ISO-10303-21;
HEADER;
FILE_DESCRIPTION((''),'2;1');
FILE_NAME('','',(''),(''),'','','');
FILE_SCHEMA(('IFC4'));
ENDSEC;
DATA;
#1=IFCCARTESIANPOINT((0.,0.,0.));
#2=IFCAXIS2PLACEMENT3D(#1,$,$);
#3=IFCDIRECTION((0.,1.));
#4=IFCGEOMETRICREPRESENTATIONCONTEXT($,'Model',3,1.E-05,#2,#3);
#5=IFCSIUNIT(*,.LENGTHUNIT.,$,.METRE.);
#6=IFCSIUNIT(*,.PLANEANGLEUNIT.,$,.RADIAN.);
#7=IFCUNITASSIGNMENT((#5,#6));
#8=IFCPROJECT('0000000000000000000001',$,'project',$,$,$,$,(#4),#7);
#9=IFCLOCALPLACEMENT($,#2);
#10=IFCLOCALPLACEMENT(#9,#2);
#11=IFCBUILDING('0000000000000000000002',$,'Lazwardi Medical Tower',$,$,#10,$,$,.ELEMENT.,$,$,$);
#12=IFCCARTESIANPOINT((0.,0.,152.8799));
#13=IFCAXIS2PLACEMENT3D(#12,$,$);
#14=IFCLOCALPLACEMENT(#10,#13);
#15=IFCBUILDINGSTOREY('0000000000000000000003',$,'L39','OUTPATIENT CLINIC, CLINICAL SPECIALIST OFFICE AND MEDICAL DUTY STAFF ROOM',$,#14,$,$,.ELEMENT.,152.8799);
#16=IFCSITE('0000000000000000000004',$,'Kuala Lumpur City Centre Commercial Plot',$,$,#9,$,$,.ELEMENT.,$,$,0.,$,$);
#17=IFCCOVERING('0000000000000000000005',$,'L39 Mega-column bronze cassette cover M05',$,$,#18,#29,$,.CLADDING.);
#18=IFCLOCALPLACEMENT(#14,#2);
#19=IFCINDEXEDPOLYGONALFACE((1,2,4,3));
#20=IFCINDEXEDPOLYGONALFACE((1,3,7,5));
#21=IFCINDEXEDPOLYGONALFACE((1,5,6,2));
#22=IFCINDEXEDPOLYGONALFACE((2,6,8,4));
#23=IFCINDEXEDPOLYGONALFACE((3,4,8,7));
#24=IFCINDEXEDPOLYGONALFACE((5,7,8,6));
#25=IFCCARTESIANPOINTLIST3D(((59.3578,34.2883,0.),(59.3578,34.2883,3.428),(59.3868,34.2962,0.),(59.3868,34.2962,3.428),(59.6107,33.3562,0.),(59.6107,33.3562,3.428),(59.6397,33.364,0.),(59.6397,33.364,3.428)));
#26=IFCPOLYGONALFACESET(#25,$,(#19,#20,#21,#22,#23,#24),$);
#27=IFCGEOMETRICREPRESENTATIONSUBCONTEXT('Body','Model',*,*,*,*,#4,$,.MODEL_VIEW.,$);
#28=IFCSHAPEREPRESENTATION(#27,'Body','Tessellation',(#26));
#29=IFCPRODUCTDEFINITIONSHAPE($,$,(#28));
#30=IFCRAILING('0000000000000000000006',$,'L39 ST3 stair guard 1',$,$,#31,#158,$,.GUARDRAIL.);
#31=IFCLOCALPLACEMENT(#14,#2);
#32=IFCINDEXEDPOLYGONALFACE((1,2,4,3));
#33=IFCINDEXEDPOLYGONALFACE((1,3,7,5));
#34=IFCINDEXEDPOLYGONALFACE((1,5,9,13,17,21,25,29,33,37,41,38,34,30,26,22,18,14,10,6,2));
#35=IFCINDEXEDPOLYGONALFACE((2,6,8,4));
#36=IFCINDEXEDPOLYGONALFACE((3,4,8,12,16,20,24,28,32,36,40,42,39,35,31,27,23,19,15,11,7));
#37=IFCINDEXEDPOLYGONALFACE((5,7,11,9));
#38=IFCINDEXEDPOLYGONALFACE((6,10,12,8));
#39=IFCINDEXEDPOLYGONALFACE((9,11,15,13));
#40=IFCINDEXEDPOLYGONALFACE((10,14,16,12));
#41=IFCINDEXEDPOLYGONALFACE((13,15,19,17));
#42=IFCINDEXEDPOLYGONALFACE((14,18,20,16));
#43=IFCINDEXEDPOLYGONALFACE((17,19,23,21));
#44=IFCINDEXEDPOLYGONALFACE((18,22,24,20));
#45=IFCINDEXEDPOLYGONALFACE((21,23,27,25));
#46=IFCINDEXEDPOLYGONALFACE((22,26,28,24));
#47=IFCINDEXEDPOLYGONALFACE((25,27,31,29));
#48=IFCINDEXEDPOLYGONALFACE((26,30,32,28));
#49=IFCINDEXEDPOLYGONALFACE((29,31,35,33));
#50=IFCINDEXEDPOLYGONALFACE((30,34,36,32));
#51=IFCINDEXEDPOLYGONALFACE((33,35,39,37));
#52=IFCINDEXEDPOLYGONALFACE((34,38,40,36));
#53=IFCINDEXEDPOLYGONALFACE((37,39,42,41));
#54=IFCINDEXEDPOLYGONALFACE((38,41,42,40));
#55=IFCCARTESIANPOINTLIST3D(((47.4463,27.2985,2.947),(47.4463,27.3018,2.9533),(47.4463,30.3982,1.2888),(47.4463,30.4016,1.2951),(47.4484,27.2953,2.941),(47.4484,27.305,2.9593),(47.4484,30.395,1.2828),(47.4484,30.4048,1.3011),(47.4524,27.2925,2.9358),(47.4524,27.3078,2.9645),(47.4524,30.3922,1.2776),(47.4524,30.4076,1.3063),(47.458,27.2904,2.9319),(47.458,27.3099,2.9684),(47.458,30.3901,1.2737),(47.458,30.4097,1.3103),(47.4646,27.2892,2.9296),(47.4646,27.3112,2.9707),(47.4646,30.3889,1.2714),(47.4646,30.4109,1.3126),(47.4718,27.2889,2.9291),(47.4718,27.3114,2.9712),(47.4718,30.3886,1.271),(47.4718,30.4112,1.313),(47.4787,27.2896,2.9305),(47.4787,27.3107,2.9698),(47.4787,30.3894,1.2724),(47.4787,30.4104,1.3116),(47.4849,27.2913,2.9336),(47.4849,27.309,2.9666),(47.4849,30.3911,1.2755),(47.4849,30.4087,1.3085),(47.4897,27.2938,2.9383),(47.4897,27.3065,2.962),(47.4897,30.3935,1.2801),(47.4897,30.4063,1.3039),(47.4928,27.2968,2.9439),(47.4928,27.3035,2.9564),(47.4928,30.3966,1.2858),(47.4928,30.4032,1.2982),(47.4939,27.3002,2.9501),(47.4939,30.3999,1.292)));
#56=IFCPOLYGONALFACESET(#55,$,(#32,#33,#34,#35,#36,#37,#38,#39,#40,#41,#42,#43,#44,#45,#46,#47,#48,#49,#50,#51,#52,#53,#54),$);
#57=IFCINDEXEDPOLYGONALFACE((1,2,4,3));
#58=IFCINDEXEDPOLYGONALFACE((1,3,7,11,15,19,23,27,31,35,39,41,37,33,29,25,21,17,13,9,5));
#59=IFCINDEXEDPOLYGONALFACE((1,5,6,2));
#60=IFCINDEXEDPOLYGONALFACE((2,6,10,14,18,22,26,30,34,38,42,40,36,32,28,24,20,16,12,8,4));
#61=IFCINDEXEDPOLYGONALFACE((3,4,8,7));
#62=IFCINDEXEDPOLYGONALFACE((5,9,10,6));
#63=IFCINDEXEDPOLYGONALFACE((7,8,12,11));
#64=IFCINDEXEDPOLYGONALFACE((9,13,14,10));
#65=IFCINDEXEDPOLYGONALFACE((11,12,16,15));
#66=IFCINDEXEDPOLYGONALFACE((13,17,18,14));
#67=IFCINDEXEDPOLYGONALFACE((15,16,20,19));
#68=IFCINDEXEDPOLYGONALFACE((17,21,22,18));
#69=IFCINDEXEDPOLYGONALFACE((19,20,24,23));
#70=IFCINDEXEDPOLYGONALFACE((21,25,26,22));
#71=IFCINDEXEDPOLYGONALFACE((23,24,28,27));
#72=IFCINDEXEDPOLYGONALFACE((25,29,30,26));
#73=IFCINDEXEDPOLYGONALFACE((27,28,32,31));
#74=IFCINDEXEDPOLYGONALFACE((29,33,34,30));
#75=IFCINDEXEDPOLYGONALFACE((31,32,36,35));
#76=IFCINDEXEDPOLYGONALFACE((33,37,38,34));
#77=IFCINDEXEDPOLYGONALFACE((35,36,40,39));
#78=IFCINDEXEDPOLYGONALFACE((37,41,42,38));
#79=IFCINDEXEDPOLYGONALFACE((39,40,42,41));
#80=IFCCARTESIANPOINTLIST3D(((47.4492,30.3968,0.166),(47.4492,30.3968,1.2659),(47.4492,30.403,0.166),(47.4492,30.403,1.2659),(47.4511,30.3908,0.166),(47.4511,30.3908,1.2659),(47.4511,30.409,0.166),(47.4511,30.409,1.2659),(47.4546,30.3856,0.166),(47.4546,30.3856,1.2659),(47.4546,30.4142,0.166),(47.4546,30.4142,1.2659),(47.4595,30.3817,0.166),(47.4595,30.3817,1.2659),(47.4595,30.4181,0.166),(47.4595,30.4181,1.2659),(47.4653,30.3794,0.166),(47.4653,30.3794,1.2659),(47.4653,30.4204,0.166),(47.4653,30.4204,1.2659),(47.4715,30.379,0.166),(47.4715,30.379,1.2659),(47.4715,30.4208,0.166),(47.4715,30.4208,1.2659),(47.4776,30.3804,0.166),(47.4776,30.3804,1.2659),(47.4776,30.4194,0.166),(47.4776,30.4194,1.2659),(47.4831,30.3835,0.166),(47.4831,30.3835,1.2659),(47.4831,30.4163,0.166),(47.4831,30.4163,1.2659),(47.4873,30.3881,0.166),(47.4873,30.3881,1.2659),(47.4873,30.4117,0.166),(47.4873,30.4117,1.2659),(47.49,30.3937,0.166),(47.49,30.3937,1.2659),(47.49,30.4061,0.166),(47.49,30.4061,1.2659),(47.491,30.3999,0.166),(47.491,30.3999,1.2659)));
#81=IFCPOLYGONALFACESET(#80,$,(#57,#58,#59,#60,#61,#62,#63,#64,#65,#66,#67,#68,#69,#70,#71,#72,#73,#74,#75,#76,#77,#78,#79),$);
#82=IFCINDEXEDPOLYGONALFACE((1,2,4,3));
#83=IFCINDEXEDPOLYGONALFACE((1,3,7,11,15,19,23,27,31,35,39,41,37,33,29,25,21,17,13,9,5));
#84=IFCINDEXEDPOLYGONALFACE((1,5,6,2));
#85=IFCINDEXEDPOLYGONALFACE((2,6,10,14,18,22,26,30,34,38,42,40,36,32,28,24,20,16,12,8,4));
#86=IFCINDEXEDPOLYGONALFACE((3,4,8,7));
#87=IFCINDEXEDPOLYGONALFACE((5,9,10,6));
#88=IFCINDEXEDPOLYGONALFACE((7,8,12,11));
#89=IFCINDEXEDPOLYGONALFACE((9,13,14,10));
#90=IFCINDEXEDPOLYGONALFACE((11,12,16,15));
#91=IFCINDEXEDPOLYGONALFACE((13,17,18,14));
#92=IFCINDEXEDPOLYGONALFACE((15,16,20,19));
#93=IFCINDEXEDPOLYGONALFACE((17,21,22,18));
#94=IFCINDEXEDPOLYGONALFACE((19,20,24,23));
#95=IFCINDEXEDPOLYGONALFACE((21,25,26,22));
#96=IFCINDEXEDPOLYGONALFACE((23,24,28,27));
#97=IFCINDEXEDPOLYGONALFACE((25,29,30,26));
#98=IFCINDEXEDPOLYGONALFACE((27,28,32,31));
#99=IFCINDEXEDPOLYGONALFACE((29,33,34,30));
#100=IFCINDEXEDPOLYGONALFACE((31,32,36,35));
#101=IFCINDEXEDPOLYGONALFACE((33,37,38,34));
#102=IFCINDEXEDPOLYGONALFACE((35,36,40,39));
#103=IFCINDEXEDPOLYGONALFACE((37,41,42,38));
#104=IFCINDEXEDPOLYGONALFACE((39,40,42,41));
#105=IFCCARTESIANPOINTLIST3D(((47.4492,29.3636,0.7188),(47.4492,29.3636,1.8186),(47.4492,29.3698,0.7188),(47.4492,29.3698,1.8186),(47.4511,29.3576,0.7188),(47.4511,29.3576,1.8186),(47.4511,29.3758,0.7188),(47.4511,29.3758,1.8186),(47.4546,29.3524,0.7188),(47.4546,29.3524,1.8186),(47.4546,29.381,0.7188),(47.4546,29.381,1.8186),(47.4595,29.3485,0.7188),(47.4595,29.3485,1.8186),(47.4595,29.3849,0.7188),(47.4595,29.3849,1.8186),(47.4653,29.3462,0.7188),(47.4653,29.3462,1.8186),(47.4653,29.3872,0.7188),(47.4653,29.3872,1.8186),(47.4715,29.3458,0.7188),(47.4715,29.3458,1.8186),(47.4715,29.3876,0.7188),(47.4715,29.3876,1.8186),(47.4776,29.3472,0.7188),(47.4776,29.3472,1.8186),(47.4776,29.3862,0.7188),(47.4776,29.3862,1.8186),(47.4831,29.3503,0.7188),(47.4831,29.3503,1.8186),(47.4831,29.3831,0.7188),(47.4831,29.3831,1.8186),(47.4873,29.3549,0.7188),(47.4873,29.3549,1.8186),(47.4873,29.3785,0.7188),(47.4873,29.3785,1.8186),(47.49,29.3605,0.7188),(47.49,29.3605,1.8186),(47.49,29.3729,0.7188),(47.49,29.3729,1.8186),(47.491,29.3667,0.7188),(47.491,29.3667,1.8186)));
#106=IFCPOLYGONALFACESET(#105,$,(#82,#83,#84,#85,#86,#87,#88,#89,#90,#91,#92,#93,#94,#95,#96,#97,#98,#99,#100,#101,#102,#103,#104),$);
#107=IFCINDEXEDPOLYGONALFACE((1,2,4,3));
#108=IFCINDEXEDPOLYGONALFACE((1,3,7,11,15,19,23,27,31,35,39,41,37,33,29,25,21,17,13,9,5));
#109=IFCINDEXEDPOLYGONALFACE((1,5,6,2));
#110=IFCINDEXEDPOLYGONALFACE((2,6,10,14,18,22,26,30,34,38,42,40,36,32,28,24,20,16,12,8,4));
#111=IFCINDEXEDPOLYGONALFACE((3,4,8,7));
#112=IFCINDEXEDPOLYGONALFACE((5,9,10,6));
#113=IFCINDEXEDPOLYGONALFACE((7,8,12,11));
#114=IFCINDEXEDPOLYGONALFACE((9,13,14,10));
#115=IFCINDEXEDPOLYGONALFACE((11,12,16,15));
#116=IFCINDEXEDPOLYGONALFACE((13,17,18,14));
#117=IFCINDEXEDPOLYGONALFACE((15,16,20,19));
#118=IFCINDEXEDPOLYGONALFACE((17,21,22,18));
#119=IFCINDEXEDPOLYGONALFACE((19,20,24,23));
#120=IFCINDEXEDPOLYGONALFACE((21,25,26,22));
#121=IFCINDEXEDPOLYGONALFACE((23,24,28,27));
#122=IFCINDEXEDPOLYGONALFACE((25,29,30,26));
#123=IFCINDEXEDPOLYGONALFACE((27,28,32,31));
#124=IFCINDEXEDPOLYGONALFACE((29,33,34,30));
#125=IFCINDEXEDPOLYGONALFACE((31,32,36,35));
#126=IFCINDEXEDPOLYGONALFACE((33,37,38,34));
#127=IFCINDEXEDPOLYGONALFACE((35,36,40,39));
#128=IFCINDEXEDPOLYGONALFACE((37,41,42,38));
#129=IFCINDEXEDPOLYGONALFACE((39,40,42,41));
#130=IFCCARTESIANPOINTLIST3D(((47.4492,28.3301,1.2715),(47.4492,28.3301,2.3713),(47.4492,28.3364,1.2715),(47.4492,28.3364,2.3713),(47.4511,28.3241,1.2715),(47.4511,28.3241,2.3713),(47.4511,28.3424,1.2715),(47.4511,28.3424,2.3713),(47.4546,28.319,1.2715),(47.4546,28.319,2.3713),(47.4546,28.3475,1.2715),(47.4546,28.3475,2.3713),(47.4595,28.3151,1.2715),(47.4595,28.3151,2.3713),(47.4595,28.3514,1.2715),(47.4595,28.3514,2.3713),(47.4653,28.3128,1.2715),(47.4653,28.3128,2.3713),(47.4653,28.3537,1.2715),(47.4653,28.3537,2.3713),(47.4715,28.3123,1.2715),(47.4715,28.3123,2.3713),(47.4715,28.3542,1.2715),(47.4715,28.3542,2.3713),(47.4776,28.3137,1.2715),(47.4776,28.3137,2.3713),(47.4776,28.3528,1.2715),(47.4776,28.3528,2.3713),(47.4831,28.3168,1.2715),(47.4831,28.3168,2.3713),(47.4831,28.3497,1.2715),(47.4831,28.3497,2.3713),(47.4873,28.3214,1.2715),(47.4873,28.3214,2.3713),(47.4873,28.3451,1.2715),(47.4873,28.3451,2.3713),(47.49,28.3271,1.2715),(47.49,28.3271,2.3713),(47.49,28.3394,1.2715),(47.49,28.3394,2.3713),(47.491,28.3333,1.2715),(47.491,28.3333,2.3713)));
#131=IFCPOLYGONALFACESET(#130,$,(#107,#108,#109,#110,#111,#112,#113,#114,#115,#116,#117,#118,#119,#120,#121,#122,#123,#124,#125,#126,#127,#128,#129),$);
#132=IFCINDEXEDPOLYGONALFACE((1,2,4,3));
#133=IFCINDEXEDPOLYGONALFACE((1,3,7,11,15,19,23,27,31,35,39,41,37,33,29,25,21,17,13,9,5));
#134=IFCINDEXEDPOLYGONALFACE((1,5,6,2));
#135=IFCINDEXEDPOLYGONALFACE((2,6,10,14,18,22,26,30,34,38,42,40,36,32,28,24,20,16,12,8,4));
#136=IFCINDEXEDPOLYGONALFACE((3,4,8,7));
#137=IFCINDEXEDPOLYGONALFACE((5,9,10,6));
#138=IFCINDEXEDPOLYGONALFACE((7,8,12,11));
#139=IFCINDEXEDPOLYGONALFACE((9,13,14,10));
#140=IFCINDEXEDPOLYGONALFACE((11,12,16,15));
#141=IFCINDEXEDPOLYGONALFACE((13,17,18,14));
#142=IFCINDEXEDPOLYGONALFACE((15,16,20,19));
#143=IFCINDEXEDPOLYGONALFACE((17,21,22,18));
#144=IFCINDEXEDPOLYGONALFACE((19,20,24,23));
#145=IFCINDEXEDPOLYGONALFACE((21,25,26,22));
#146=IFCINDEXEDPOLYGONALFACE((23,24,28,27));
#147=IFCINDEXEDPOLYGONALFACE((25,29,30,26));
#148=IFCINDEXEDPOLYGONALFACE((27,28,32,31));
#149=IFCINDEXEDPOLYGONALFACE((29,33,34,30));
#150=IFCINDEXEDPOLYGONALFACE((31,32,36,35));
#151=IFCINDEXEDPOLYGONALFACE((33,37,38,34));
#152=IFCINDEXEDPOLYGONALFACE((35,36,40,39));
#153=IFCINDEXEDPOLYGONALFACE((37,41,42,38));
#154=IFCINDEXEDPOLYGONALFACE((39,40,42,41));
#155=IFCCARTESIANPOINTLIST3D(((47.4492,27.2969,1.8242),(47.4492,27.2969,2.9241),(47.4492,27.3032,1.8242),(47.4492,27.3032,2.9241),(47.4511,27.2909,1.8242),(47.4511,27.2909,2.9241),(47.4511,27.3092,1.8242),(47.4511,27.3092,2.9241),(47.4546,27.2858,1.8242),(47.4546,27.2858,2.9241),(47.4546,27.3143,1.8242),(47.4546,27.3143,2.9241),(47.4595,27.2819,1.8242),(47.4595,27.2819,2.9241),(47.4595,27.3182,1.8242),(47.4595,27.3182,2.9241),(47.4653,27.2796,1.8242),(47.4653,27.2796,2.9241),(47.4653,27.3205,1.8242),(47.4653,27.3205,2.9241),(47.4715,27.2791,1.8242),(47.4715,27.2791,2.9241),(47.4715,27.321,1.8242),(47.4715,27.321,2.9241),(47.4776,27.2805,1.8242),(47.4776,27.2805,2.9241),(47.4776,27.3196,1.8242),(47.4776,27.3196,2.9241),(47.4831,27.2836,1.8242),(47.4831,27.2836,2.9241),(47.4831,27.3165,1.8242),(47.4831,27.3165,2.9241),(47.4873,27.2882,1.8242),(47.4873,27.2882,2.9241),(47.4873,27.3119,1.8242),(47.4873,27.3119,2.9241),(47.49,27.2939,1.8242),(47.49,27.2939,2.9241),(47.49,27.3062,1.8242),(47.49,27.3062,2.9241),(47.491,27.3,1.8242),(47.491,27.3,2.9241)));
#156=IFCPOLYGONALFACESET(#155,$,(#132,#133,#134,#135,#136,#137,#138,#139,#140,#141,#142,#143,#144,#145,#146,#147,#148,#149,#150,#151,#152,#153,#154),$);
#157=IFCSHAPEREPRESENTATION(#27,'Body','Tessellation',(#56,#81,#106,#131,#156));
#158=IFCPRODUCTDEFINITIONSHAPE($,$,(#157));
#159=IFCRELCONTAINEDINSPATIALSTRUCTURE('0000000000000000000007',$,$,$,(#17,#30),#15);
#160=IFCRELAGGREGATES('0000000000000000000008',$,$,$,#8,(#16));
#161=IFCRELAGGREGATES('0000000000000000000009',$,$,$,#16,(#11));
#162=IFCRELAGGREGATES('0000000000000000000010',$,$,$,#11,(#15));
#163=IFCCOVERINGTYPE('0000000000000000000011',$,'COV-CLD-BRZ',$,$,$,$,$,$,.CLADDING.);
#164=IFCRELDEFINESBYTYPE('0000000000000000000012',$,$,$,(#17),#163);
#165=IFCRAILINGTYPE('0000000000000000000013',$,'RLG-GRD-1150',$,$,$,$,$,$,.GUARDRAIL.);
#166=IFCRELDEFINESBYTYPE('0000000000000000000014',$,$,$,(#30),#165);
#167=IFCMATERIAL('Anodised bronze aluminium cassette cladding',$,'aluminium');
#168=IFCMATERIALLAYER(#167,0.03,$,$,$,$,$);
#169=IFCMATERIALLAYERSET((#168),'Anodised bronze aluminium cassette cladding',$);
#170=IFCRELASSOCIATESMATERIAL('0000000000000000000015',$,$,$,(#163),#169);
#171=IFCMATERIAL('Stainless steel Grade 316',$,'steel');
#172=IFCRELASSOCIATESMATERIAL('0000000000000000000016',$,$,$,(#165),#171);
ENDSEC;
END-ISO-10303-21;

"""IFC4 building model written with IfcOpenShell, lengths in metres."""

from ifc_helpers import new_model, si_unit, direction, frame, origin, origin_2d, place, context, subcontext, project, spatial, rectangle, circle, extrude, material, layer, layer_set, type_object, element, save


model = new_model("IFC4")

# Units and contexts
model_context = context("Model", 3, precision=1e-05, world=origin(), true_north=direction((0.0, 1.0)))
body_context = subcontext(model_context, "Body", "Model", "MODEL_VIEW")
ifc_project = project(units=[si_unit("LENGTHUNIT", "METRE"), si_unit("PLANEANGLEUNIT", "RADIAN")], contexts=[model_context])

# Site, building, storey
site_placement = place(None, origin())
site = spatial("IfcSite", under=ifc_project, at=site_placement, Name="Kuala Lumpur City Centre Commercial Plot", CompositionType="ELEMENT", RefElevation=0.0)
building_placement = place(site_placement, origin())
building = spatial("IfcBuilding", under=site, at=building_placement, Name="Lazwardi Medical Tower", CompositionType="ELEMENT")
storey_placement = place(building_placement, frame((0.0, 0.0, 152.8799)))
storey = spatial("IfcBuildingStorey", under=building, at=storey_placement, Name="L39", Description="OUTPATIENT CLINIC, CLINICAL SPECIALIST OFFICE AND MEDICAL DUTY STAFF ROOM", CompositionType="ELEMENT", Elevation=152.8799)

# Covering
ifc_material_1 = material(Name="Anodised bronze aluminium cassette cladding", Category="aluminium")
ifc_layer_1 = layer(ifc_material_1, 0.03)
ifc_layer_set_1 = layer_set([ifc_layer_1], Name="Anodised bronze aluminium cassette cladding")
covering_type = type_object("IfcCoveringType", Name="COV-CLD-BRZ", PredefinedType="CLADDING", material=ifc_layer_set_1)
covering_placement = place(storey_placement, frame((59.4988, 33.8262, 0.0), z_axis=(0.0, 0.0, 1.0), x_axis=(-0.261829, 0.965114, 0.0)))
element("IfcCovering", 1, at=covering_placement, inside=storey, type_object=covering_type, Name="L39 Mega-column bronze cassette cover M05", PredefinedType="CLADDING", context=body_context, shape_type="SweptSolid", body=[
    extrude(rectangle(XDim=0.9658, YDim=0.03, at=origin_2d()), origin(), (0.0, 0.0, 1.0), 3.428),
])

# Railing
ifc_material_2 = material(Name="Stainless steel Grade 316", Category="steel")
railing_type_1 = type_object("IfcRailingType", Name="RLG-GRD-1150", PredefinedType="GUARDRAIL", material=ifc_material_2)
railing_1_placement = place(storey_placement, frame((47.47, 30.3999, 0.166)))
element("IfcRailing", 2, at=railing_1_placement, inside=storey, type_object=railing_type_1, Name="L39 ST3 stair guard 1", PredefinedType="GUARDRAIL", context=body_context, shape_type="SweptSolid", body=[
    extrude(circle(Radius=0.0239, at=origin_2d()), frame((0.0, 0.0, 1.126), z_axis=(0.0, -0.881768, 0.471684), x_axis=(1.0, 0.0, 0.0)), (0.0, 0.0, 1.0), 3.5154),
    extrude(circle(Radius=0.021, at=origin_2d()), origin(), (0.0, 0.0, 1.0), 1.0999),
    extrude(circle(Radius=0.021, at=origin_2d()), frame((0.0, -1.0332, 0.5527)), (0.0, 0.0, 1.0), 1.0999),
    extrude(circle(Radius=0.021, at=origin_2d()), frame((0.0, -2.0667, 1.1055)), (0.0, 0.0, 1.0), 1.0999),
    extrude(circle(Radius=0.021, at=origin_2d()), frame((0.0, -3.0999, 1.6582)), (0.0, 0.0, 1.0), 1.0999),
])

save(model, "model.ifc")
